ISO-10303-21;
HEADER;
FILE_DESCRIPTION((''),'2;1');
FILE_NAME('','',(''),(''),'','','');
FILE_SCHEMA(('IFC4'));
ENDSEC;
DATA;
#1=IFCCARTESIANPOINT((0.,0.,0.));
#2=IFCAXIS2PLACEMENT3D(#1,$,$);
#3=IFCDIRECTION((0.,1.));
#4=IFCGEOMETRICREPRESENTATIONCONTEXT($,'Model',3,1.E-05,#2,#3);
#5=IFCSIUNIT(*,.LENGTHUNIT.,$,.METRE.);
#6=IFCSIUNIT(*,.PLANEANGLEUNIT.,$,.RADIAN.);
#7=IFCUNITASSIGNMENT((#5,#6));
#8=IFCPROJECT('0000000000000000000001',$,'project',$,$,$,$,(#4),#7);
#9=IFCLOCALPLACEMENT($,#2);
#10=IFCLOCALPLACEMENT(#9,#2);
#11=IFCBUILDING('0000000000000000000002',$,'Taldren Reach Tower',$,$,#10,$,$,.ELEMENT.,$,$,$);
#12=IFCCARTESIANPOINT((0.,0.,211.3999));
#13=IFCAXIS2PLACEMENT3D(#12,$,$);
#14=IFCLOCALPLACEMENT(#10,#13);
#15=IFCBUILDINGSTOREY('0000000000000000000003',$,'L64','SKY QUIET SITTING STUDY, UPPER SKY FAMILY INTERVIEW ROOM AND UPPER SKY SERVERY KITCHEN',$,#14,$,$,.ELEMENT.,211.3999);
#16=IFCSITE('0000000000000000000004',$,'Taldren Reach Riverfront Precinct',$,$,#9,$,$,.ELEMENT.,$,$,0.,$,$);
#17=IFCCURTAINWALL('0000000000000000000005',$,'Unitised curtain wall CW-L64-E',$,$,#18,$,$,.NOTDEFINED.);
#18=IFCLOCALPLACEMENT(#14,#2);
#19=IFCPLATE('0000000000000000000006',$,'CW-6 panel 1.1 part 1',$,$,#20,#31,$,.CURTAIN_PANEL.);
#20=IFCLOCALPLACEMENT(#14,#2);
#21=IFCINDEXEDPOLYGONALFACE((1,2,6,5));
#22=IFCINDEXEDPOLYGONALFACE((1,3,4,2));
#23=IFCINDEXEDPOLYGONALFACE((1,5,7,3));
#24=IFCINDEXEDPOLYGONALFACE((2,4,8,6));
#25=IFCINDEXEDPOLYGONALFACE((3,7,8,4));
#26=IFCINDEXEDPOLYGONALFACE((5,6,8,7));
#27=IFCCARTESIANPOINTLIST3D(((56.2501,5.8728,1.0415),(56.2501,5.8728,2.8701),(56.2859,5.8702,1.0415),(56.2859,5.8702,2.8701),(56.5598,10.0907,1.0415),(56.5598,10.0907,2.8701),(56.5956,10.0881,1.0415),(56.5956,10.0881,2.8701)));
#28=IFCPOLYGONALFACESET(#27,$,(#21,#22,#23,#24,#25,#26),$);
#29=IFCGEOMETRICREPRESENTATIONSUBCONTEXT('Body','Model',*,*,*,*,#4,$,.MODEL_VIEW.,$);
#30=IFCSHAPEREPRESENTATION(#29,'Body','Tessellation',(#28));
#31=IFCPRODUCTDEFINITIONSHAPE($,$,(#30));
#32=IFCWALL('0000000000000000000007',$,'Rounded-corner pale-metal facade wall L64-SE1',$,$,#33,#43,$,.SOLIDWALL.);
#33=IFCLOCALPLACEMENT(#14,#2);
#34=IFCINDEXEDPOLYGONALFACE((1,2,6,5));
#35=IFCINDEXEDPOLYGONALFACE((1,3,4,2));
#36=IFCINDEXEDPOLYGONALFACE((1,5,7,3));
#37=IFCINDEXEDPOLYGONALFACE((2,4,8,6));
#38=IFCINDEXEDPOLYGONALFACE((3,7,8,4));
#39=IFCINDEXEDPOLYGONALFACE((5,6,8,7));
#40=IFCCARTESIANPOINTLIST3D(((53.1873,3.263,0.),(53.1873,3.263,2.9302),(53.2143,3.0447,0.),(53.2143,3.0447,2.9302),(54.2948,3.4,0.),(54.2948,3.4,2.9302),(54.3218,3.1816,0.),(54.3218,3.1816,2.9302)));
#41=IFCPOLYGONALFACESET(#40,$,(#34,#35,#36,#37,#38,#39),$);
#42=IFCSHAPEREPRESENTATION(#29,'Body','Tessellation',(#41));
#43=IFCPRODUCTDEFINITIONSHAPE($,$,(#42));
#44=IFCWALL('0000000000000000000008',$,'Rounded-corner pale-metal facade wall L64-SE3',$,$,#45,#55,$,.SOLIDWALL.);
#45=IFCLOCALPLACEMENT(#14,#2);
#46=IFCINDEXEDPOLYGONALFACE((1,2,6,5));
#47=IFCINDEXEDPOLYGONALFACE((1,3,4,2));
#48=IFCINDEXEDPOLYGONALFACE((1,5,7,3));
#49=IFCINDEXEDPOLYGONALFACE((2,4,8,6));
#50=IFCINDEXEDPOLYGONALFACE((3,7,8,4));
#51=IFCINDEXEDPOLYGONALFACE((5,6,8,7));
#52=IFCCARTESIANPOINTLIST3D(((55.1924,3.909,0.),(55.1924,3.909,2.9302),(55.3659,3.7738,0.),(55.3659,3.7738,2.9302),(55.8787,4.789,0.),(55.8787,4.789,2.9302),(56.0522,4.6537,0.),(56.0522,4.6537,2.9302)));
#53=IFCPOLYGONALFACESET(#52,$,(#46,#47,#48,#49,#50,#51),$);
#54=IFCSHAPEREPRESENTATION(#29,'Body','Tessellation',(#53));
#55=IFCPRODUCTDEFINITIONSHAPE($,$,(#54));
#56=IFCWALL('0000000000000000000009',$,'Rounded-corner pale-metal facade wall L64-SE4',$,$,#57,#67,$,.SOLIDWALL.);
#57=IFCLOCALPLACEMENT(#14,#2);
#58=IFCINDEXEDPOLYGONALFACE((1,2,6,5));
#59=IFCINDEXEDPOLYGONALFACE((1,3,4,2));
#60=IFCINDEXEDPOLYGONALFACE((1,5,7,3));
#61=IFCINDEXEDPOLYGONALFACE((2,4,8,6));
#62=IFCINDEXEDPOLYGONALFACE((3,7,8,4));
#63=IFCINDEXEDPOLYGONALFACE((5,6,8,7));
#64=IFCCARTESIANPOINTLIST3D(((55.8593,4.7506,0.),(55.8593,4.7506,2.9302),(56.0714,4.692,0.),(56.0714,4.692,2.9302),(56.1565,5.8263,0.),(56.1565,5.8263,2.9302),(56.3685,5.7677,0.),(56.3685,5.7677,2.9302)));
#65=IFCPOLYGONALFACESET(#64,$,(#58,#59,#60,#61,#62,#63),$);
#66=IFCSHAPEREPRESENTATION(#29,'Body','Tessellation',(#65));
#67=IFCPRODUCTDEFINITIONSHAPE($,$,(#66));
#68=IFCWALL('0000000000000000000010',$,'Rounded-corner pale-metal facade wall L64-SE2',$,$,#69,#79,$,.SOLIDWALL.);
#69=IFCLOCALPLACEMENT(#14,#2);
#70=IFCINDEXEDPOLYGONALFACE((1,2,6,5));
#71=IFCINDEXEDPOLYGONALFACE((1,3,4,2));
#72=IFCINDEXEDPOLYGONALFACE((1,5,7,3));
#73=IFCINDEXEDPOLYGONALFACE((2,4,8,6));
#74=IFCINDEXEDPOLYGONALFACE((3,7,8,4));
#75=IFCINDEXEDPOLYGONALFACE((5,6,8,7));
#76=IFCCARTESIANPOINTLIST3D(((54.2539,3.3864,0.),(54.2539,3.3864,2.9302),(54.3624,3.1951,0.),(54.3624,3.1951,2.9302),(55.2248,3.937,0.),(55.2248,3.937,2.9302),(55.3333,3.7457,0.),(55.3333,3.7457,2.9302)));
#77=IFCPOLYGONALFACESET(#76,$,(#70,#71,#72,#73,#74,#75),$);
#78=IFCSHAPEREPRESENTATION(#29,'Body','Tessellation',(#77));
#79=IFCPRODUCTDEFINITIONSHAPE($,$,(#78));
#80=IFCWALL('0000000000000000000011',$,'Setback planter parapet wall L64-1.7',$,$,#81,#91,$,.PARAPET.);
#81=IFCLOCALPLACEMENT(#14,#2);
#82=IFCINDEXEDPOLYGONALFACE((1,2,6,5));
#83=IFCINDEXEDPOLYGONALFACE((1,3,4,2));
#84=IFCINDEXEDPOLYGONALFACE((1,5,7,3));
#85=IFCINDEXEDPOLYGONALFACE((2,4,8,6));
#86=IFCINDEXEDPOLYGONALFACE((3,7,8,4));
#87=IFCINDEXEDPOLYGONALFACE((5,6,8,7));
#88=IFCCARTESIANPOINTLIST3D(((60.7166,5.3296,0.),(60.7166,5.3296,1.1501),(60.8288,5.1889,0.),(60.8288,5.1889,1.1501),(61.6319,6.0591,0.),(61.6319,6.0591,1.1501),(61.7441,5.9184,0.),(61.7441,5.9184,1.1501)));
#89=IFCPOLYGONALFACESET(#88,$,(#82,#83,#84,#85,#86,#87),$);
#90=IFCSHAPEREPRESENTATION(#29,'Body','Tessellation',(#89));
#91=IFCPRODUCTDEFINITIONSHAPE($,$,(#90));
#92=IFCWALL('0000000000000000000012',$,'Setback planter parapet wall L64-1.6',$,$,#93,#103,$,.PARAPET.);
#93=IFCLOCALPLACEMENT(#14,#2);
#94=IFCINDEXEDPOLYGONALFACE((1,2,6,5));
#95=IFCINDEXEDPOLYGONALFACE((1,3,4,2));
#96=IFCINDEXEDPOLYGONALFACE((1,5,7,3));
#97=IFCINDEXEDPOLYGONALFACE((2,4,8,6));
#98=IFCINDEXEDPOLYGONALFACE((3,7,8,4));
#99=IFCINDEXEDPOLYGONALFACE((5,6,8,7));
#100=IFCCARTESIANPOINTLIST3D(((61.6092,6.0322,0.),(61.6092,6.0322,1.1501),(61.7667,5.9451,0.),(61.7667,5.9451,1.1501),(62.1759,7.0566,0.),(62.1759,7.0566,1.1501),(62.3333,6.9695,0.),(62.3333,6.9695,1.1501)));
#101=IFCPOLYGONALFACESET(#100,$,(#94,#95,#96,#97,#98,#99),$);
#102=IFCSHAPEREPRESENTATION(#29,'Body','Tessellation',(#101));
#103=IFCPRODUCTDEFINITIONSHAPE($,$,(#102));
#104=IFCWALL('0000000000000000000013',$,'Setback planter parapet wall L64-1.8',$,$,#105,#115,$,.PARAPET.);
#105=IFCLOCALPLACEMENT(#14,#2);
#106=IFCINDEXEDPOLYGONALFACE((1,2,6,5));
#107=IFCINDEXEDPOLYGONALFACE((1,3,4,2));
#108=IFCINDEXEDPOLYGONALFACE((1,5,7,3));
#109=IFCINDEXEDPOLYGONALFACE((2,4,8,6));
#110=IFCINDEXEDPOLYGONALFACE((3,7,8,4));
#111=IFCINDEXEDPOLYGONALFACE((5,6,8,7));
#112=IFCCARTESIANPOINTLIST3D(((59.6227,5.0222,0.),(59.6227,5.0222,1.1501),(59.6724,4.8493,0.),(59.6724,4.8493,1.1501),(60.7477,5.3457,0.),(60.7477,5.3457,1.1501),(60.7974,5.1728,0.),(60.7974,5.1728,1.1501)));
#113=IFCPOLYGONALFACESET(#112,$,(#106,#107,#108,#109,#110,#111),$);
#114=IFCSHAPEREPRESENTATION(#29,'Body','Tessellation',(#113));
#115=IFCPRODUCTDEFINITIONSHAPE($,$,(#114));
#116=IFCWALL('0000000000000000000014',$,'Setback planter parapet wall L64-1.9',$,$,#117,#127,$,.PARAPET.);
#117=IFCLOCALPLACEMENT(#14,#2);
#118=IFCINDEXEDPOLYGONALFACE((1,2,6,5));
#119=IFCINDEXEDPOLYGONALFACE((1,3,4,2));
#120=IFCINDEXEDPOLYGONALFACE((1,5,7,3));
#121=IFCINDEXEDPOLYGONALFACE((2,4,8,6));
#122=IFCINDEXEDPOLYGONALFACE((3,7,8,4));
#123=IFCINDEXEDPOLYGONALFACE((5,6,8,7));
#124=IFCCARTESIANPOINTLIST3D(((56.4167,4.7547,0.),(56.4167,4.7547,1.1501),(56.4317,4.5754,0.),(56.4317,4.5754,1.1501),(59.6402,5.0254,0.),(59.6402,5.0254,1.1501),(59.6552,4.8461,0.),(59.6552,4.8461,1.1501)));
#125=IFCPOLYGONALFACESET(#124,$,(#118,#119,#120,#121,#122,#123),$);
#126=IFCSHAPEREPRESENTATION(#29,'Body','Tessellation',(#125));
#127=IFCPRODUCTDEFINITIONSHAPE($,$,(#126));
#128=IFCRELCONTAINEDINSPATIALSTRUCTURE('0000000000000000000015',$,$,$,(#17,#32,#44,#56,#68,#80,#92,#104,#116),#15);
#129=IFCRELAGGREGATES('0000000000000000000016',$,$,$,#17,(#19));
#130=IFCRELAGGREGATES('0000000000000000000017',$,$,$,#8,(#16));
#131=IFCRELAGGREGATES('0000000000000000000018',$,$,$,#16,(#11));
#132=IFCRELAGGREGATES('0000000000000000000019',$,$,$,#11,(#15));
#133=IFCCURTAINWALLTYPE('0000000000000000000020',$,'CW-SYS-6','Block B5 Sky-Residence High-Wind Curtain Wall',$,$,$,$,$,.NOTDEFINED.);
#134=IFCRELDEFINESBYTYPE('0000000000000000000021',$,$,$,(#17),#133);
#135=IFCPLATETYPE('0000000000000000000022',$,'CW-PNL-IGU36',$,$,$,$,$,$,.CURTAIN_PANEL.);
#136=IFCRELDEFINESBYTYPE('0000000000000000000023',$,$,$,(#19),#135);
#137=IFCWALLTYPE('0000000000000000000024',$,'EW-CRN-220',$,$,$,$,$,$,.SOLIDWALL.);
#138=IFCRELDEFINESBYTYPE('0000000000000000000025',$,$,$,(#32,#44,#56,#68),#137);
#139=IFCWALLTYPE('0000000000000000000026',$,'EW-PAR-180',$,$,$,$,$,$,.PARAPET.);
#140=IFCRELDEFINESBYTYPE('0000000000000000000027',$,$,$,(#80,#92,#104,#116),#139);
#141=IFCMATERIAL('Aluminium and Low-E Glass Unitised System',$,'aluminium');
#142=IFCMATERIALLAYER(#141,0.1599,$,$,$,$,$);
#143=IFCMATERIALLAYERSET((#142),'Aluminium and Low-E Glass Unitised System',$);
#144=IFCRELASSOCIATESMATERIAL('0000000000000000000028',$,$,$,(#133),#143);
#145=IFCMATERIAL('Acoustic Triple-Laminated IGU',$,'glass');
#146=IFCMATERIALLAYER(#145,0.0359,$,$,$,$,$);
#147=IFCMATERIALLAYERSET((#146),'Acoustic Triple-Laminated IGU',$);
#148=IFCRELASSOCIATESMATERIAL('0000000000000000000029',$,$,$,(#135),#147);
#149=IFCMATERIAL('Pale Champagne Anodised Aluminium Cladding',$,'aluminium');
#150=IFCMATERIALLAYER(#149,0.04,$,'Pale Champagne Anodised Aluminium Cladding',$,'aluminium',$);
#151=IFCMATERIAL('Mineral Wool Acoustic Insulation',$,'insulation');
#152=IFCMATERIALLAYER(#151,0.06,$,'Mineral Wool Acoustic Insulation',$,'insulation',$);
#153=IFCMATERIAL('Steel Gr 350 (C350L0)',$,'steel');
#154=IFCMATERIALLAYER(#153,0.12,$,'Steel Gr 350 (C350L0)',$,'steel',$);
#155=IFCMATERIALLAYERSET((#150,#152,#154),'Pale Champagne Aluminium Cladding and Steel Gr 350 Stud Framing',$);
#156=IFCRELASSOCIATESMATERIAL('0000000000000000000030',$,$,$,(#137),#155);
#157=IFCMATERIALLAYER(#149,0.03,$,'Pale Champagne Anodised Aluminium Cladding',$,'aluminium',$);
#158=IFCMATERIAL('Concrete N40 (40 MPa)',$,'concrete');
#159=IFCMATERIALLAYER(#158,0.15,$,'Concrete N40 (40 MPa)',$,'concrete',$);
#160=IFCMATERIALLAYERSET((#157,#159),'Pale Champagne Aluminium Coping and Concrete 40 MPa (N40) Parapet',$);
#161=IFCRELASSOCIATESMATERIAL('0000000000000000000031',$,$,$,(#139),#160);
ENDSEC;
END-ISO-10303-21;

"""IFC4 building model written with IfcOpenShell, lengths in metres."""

from ifc_helpers import new_model, si_unit, direction, frame, frame_2d, origin, origin_2d, place, context, subcontext, project, spatial, rectangle, extrude, source, transform, mapped, material, layer, layer_set, type_object, element, aggregate, save


model = new_model("IFC4")

# Units and contexts
model_context = context("Model", 3, precision=1e-05, world=origin(), true_north=direction((0.0, 1.0)))
body_context = subcontext(model_context, "Body", "Model", "MODEL_VIEW")
ifc_project = project(units=[si_unit("LENGTHUNIT", "METRE"), si_unit("PLANEANGLEUNIT", "RADIAN")], contexts=[model_context])

# Site, building, storey
site_placement = place(None, origin())
site = spatial("IfcSite", under=ifc_project, at=site_placement, Name="Taldren Reach Riverfront Precinct", CompositionType="ELEMENT", RefElevation=0.0)
building_placement = place(site_placement, origin())
building = spatial("IfcBuilding", under=site, at=building_placement, Name="Taldren Reach Tower", CompositionType="ELEMENT")
storey_placement = place(building_placement, frame((0.0, 0.0, 211.3999)))
storey = spatial("IfcBuildingStorey", under=building, at=storey_placement, Name="L64", Description="SKY QUIET SITTING STUDY, UPPER SKY FAMILY INTERVIEW ROOM AND UPPER SKY SERVERY KITCHEN", CompositionType="ELEMENT", Elevation=211.3999)

# Shared definitions
ifc_material_1 = material(Name="Steel Gr 350 (C350L0)", Category="steel")

# Shared definitions
ifc_material_2 = material(Name="Aluminium and Low-E Glass Unitised System", Category="aluminium")
ifc_layer_1 = layer(ifc_material_2, 0.1599)
ifc_layer_set_1 = layer_set([ifc_layer_1], Name="Aluminium and Low-E Glass Unitised System")
curtain_wall_type = type_object("IfcCurtainWallType", Name="CW-SYS-6", Description="Block B5 Sky-Residence High-Wind Curtain Wall", PredefinedType="NOTDEFINED", material=ifc_layer_set_1)

# Curtain wall
curtain_wall_1_placement = place(storey_placement, origin())
curtain_wall_1 = element("IfcCurtainWall", 1, at=curtain_wall_1_placement, inside=storey, type_object=curtain_wall_type, Name="Unitised curtain wall CW-L64-E", PredefinedType="NOTDEFINED")

# Plate
ifc_material_3 = material(Name="Acoustic Triple-Laminated IGU", Category="glass")
ifc_layer_2 = layer(ifc_material_3, 0.0359)
ifc_layer_set_2 = layer_set([ifc_layer_2], Name="Acoustic Triple-Laminated IGU")
plate_type_1 = type_object("IfcPlateType", Name="CW-PNL-IGU36", PredefinedType="CURTAIN_PANEL", material=ifc_layer_set_2)
shared_shape_1 = source(origin(), body_context, "Body", "SweptSolid", [
    extrude(rectangle(XDim=4.2292, YDim=0.0359, at=origin_2d()), origin(), (0.0, 0.0, 1.0), 1.8286),
])
plate_1_placement = place(storey_placement, frame((56.4229, 7.9805, 1.0415), z_axis=(0.0, 0.0, 1.0), x_axis=(0.073238, 0.997314, 0.0)))
plate_1 = element("IfcPlate", 2, at=plate_1_placement, type_object=plate_type_1, Name="CW-6 panel 1.1 part 1", PredefinedType="CURTAIN_PANEL", context=body_context, shape_type="MappedRepresentation", body=[
    mapped(shared_shape_1, transform((0.0, 0.0, 0.0), scale=1.0)),
])
aggregate(curtain_wall_1, [plate_1])

# Walls
ifc_material_4 = material(Name="Pale Champagne Anodised Aluminium Cladding", Category="aluminium")
ifc_layer_3 = layer(ifc_material_4, 0.04, Name="Pale Champagne Anodised Aluminium Cladding", Category="aluminium")
ifc_material_5 = material(Name="Mineral Wool Acoustic Insulation", Category="insulation")
ifc_layer_4 = layer(ifc_material_5, 0.06, Name="Mineral Wool Acoustic Insulation", Category="insulation")
ifc_layer_5 = layer(ifc_material_1, 0.12, Name="Steel Gr 350 (C350L0)", Category="steel")
ifc_layer_set_3 = layer_set([ifc_layer_3, ifc_layer_4, ifc_layer_5], Name="Pale Champagne Aluminium Cladding and Steel Gr 350 Stud Framing")
wall_type_1 = type_object("IfcWallType", Name="EW-CRN-220", PredefinedType="SOLIDWALL", material=ifc_layer_set_3)
shared_shape_2 = source(origin(), body_context, "Body", "SweptSolid", [
    extrude(rectangle(XDim=1.116, YDim=0.22, at=frame_2d((0.5581, 0.0))), origin(), (0.0, 0.0, 1.0), 2.9302),
])
for number, where, z_axis, x_axis, name in (
    (3, (53.2007, 3.1538, 0.0), (0.0, 0.0, 1.0), (0.992439, 0.122742, 0.0), "Rounded-corner pale-metal facade wall L64-SE1"),
    (4, (55.2791, 3.8413, 0.0), (0.0, 0.0, 1.0), (0.615015, 0.788515, 0.0), "Rounded-corner pale-metal facade wall L64-SE3"),
    (5, (55.9653, 4.7212, 0.0), (0.0, 0.0, 1.0), (0.266244, 0.963906, 0.0), "Rounded-corner pale-metal facade wall L64-SE4"),
):
    element("IfcWall", number, at=place(storey_placement, frame(where, z_axis=z_axis, x_axis=x_axis)), inside=storey, type_object=wall_type_1, Name=name, PredefinedType="SOLIDWALL", context=body_context, shape_type="MappedRepresentation", body=[
        mapped(shared_shape_2, transform((0.0, 0.0, 0.0), scale=1.0)),
    ])
shared_shape_3 = source(origin(), body_context, "Body", "SweptSolid", [
    extrude(rectangle(XDim=1.1162, YDim=0.22, at=frame_2d((0.5581, 0.0))), origin(), (0.0, 0.0, 1.0), 2.9302),
])
wall_1_placement = place(storey_placement, frame((54.3081, 3.2908, 0.0), z_axis=(0.0, 0.0, 1.0), x_axis=(0.869894, 0.493239, 0.0)))
element("IfcWall", 6, at=wall_1_placement, inside=storey, type_object=wall_type_1, Name="Rounded-corner pale-metal facade wall L64-SE2", PredefinedType="SOLIDWALL", context=body_context, shape_type="MappedRepresentation", body=[
    mapped(shared_shape_3, transform((0.0, 0.0, 0.0), scale=1.0)),
])
ifc_layer_6 = layer(ifc_material_4, 0.03, Name="Pale Champagne Anodised Aluminium Cladding", Category="aluminium")
ifc_material_6 = material(Name="Concrete N40 (40 MPa)", Category="concrete")
ifc_layer_7 = layer(ifc_material_6, 0.15, Name="Concrete N40 (40 MPa)", Category="concrete")
ifc_layer_set_4 = layer_set([ifc_layer_6, ifc_layer_7], Name="Pale Champagne Aluminium Coping and Concrete 40 MPa (N40) Parapet")
wall_type_2 = type_object("IfcWallType", Name="EW-PAR-180", PredefinedType="PARAPET", material=ifc_layer_set_4)
shared_shape_4 = source(origin(), body_context, "Body", "SweptSolid", [
    extrude(rectangle(XDim=1.1704, YDim=0.1799, at=frame_2d((0.5852, 0.0))), origin(), (0.0, 0.0, 1.0), 1.1501),
])
wall_2_placement = place(storey_placement, frame((61.688, 5.9888, 0.0), z_axis=(0.0, 0.0, 1.0), x_axis=(-0.782007, -0.623269, 0.0)))
element("IfcWall", 7, at=wall_2_placement, inside=storey, type_object=wall_type_2, Name="Setback planter parapet wall L64-1.7", PredefinedType="PARAPET", context=body_context, shape_type="MappedRepresentation", body=[
    mapped(shared_shape_4, transform((0.0, 0.0, 0.0), scale=1.0)),
])
shared_shape_5 = source(origin(), body_context, "Body", "SweptSolid", [
    extrude(rectangle(XDim=1.1707, YDim=0.1799, at=frame_2d((0.5854, 0.0))), origin(), (0.0, 0.0, 1.0), 1.1501),
])
for number, where, z_axis, x_axis, name in (
    (8, (62.2546, 7.0132, 0.0), (0.0, 0.0, 1.0), (-0.484031, -0.875051, 0.0), "Setback planter parapet wall L64-1.6"),
    (9, (60.7727, 5.2593, 0.0), (0.0, 0.0, 1.0), (-0.961058, -0.276346, 0.0), "Setback planter parapet wall L64-1.8"),
):
    element("IfcWall", number, at=place(storey_placement, frame(where, z_axis=z_axis, x_axis=x_axis)), inside=storey, type_object=wall_type_2, Name=name, PredefinedType="PARAPET", context=body_context, shape_type="MappedRepresentation", body=[
        mapped(shared_shape_5, transform((0.0, 0.0, 0.0), scale=1.0)),
    ])
shared_shape_6 = source(origin(), body_context, "Body", "SweptSolid", [
    extrude(rectangle(XDim=3.2349, YDim=0.1799, at=frame_2d((1.6174, 0.0))), origin(), (0.0, 0.0, 1.0), 1.1501),
])
wall_3_placement = place(storey_placement, frame((59.6477, 4.9358, 0.0), z_axis=(0.0, 0.0, 1.0), x_axis=(-0.996491, -0.083695, 0.0)))
element("IfcWall", 10, at=wall_3_placement, inside=storey, type_object=wall_type_2, Name="Setback planter parapet wall L64-1.9", PredefinedType="PARAPET", context=body_context, shape_type="MappedRepresentation", body=[
    mapped(shared_shape_6, transform((0.0, 0.0, 0.0), scale=1.0)),
])

save(model, "model.ifc")
